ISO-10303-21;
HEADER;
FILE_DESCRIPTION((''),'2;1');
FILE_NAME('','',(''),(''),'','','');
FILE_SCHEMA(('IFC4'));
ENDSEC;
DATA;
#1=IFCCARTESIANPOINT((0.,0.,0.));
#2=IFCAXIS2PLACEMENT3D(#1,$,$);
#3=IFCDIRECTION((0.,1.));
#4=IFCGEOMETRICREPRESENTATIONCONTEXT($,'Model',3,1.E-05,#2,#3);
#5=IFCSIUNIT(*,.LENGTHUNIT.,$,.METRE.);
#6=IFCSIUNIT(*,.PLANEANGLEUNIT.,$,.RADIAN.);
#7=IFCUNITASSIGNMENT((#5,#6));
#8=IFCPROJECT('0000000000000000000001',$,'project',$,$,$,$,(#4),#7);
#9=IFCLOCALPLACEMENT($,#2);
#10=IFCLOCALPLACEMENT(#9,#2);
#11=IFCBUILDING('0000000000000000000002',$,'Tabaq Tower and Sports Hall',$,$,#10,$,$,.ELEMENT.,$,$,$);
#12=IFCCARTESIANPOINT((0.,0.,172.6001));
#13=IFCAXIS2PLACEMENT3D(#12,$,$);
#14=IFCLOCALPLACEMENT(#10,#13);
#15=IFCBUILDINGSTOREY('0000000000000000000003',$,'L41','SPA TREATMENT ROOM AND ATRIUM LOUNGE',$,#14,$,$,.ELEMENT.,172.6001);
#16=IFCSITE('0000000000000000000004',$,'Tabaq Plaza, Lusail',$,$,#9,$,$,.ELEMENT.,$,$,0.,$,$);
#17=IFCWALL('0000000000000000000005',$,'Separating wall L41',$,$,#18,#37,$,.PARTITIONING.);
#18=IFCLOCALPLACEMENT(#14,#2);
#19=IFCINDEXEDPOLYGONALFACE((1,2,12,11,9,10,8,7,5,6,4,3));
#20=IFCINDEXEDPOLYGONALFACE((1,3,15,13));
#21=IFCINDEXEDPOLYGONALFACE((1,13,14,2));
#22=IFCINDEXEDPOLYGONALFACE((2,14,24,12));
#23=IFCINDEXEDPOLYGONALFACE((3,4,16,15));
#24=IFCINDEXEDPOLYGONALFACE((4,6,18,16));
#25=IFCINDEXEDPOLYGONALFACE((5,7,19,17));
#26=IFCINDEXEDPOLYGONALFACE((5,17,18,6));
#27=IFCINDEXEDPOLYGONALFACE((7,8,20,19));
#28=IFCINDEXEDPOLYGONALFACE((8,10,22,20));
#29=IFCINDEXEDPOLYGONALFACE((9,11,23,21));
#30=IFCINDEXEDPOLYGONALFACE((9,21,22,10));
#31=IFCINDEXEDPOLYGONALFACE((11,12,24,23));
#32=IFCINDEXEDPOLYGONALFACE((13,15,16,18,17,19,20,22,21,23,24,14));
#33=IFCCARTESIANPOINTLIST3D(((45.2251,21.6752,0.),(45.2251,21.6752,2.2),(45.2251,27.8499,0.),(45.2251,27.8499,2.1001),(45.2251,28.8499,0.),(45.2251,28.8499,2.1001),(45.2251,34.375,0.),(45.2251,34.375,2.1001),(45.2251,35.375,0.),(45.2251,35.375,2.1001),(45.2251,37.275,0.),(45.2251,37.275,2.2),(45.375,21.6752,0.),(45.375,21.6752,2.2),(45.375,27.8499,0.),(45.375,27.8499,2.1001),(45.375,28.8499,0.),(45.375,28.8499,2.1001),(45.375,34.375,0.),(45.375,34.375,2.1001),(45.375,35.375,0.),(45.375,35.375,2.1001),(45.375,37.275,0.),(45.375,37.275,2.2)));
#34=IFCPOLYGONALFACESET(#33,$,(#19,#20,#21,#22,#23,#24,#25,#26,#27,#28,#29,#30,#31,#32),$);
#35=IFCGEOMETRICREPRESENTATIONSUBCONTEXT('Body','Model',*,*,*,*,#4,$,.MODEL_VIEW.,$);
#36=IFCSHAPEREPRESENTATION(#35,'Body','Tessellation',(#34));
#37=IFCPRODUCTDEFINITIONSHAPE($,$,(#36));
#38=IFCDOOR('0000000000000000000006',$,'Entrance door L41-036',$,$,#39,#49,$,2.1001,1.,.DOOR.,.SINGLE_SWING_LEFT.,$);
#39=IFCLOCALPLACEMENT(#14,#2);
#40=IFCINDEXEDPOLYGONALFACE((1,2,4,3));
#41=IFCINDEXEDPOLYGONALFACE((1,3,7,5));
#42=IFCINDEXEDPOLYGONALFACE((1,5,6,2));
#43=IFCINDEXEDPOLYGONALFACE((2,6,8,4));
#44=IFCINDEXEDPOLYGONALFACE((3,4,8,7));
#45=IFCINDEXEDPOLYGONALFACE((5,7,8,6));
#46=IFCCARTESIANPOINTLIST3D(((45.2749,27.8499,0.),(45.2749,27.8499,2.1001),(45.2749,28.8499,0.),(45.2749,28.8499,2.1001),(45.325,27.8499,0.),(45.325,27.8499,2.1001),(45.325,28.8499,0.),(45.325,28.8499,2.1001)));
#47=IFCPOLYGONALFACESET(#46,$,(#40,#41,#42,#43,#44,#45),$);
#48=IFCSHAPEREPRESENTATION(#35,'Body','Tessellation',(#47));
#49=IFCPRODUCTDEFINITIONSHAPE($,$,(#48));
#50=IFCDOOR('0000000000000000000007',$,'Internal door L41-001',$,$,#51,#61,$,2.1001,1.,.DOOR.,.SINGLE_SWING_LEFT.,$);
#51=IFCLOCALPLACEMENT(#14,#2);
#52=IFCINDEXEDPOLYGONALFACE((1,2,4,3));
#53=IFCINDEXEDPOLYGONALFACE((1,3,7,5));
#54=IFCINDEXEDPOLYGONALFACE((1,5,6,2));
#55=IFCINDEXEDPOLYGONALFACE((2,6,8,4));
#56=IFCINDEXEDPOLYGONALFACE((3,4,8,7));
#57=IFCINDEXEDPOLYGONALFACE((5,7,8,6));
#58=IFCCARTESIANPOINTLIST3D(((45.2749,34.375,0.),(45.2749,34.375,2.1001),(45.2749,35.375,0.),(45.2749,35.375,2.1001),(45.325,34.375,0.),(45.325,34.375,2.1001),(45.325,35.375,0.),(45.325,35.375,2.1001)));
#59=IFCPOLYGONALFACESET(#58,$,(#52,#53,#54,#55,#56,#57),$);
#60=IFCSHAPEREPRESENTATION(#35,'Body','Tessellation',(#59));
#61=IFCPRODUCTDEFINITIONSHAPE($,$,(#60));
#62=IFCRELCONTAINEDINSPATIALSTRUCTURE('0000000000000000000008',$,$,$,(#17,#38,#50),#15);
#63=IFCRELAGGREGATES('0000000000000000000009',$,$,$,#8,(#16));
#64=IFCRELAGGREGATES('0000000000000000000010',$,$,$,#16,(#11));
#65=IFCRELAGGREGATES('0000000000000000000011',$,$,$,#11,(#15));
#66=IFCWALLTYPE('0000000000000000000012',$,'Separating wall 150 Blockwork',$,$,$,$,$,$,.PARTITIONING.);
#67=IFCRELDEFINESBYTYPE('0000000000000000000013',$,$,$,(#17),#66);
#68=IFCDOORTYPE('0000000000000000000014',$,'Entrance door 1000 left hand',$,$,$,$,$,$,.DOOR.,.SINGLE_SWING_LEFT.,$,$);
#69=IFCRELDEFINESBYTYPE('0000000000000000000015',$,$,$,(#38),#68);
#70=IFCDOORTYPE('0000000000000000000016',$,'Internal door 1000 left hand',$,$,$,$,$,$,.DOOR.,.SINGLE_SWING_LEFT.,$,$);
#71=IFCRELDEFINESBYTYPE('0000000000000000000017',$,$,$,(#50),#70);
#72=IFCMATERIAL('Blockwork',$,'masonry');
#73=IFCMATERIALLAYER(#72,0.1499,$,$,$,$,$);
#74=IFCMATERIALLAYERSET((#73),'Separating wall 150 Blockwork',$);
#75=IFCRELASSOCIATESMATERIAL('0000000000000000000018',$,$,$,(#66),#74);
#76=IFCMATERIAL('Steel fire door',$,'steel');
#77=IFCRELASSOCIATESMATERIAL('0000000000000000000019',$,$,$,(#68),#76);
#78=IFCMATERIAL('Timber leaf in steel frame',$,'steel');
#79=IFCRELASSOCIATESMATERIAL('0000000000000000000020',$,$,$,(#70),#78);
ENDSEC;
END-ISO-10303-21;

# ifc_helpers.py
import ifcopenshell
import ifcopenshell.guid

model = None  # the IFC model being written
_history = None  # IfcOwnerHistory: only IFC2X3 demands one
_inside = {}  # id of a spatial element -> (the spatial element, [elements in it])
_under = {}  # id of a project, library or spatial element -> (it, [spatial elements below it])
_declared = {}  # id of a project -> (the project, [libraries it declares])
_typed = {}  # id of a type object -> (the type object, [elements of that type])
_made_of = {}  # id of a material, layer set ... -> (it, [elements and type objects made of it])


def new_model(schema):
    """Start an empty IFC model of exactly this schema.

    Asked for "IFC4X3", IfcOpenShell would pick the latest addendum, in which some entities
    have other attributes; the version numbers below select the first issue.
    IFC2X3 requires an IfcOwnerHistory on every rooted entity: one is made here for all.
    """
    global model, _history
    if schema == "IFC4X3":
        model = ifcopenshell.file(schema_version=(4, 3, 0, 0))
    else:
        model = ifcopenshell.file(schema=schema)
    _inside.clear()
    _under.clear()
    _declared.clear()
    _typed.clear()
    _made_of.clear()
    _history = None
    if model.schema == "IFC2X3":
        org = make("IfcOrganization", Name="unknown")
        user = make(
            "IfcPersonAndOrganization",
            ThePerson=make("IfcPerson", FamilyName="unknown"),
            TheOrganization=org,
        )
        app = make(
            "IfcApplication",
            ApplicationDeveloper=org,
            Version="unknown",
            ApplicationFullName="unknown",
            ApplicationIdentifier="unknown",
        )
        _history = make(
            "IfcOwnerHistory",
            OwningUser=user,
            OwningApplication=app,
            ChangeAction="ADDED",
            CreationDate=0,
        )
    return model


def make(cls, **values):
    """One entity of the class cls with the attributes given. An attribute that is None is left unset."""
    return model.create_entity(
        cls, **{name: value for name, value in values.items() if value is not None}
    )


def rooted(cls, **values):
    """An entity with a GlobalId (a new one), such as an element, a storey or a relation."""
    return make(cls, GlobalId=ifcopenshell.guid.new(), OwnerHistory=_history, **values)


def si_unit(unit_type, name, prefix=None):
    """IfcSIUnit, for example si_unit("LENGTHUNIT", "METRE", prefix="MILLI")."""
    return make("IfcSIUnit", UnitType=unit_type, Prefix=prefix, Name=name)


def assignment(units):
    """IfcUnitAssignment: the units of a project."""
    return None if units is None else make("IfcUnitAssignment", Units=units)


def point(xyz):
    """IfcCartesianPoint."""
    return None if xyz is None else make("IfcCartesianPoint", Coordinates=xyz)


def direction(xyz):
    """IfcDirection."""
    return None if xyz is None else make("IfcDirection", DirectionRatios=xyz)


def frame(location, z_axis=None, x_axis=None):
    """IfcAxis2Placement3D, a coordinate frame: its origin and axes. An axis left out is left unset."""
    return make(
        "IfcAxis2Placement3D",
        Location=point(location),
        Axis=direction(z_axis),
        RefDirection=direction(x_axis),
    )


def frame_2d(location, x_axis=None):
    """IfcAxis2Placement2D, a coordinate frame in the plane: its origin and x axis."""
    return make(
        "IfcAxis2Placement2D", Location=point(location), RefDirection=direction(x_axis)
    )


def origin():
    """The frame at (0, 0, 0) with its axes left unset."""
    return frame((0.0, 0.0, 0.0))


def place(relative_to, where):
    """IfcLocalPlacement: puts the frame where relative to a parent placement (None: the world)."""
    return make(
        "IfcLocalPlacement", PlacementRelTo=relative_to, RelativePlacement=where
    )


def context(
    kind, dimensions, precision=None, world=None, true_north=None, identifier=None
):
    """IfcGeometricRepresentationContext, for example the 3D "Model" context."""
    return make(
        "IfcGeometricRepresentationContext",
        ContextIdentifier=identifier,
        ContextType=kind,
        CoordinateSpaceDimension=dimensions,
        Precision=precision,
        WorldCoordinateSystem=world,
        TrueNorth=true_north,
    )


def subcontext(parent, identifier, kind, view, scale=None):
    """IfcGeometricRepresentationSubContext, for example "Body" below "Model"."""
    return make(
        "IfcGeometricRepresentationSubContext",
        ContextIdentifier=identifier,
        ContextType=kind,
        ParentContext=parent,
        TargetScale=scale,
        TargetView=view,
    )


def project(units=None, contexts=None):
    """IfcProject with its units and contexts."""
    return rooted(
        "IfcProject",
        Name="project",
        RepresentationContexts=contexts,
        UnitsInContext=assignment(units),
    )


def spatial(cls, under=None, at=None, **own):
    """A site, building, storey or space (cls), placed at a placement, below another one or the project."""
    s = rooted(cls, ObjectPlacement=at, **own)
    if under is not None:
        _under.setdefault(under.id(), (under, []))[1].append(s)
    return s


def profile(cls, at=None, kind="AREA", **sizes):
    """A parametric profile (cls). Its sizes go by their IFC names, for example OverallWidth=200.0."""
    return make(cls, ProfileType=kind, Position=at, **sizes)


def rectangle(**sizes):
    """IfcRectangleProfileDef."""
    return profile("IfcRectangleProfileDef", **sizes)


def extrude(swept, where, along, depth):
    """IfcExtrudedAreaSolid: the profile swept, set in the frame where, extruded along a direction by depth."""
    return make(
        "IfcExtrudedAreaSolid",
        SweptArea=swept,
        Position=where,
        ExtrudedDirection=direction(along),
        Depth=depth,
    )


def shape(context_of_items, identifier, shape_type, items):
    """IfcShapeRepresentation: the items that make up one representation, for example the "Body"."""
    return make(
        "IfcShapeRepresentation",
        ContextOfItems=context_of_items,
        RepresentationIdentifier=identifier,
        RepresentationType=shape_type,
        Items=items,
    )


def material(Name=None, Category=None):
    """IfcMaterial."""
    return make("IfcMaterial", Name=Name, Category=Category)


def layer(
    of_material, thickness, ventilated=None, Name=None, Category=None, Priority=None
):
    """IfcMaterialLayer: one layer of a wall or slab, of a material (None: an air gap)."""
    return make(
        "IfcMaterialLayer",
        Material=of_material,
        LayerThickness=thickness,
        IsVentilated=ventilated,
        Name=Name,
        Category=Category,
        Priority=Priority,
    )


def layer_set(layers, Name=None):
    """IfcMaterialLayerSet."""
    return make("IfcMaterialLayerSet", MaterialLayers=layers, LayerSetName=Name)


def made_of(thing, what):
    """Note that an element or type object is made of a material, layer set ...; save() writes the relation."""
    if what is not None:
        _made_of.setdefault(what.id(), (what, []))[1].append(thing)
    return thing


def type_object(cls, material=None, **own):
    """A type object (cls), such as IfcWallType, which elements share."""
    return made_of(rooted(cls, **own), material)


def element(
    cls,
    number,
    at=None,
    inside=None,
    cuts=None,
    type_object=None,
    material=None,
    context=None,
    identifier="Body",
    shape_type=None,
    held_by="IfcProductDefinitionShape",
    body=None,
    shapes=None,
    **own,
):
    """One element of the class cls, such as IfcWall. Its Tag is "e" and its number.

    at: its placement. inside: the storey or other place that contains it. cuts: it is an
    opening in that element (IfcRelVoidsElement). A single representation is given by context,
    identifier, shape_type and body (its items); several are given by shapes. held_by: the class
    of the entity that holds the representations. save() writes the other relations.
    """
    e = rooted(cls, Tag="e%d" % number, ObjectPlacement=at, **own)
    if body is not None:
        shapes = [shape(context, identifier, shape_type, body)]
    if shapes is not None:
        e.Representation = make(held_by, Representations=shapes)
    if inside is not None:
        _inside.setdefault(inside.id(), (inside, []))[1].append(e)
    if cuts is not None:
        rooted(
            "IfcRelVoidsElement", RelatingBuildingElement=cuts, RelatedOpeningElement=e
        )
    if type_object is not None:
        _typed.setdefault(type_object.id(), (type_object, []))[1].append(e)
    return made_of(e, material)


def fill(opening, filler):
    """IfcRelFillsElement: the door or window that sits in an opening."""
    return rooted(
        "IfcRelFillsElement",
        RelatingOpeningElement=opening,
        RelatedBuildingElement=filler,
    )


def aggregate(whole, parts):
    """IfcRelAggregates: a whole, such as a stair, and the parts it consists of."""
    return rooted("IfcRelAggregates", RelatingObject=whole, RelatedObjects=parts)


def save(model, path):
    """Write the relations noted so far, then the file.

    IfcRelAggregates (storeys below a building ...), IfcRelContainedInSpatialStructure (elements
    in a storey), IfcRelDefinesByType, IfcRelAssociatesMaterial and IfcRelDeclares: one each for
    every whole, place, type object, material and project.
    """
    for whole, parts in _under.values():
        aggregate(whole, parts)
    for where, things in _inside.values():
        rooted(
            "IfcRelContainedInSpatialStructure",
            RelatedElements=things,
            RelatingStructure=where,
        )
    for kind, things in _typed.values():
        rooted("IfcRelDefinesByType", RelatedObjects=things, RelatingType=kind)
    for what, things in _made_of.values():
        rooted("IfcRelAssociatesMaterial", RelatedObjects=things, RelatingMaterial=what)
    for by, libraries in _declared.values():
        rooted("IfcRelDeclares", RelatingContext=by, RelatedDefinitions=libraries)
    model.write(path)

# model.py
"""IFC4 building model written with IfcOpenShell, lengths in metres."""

from ifc_helpers import new_model, si_unit, direction, frame, frame_2d, origin, place, context, subcontext, project, spatial, rectangle, extrude, material, layer, layer_set, type_object, element, fill, save


model = new_model("IFC4")

# Units and contexts
model_context = context("Model", 3, precision=1e-05, world=origin(), true_north=direction((0.0, 1.0)))
body_context = subcontext(model_context, "Body", "Model", "MODEL_VIEW")
ifc_project = project(units=[si_unit("LENGTHUNIT", "METRE"), si_unit("PLANEANGLEUNIT", "RADIAN")], contexts=[model_context])

# Site, building, storey
site_placement = place(None, origin())
site = spatial("IfcSite", under=ifc_project, at=site_placement, Name="Tabaq Plaza, Lusail", CompositionType="ELEMENT", RefElevation=0.0)
building_placement = place(site_placement, origin())
building = spatial("IfcBuilding", under=site, at=building_placement, Name="Tabaq Tower and Sports Hall", CompositionType="ELEMENT")
storey_placement = place(building_placement, frame((0.0, 0.0, 172.6001)))
storey = spatial("IfcBuildingStorey", under=building, at=storey_placement, Name="L41", Description="SPA TREATMENT ROOM AND ATRIUM LOUNGE", CompositionType="ELEMENT", Elevation=172.6001)

# Wall, openings, doors
ifc_material_1 = material(Name="Blockwork", Category="masonry")
ifc_layer_1 = layer(ifc_material_1, 0.1499)
ifc_layer_set_1 = layer_set([ifc_layer_1], Name="Separating wall 150 Blockwork")
wall_type_1 = type_object("IfcWallType", Name="Separating wall 150 Blockwork", PredefinedType="PARTITIONING", material=ifc_layer_set_1)
wall_1_placement = place(storey_placement, frame((45.3, 37.2749, 0.0), z_axis=(0.0, 0.0, 1.0), x_axis=(0.0, -1.0, 0.0)))
wall_1 = element("IfcWall", 1, at=wall_1_placement, inside=storey, type_object=wall_type_1, Name="Separating wall L41", PredefinedType="PARTITIONING", context=body_context, shape_type="SweptSolid", body=[
    extrude(rectangle(XDim=15.5999, YDim=0.1499, at=frame_2d((7.7998, 0.0))), origin(), (0.0, 0.0, 1.0), 2.2),
])
opening_1_placement = place(wall_1_placement, frame((1.8999, 0.0, 0.0)))
opening_1 = element("IfcOpeningElement", 2, at=opening_1_placement, cuts=wall_1, PredefinedType="OPENING", context=body_context, shape_type="SweptSolid", body=[
    extrude(rectangle(XDim=1.0, YDim=2.1001, at=frame_2d((0.5, 1.05))), frame((0.0, 0.075, 0.0), z_axis=(0.0, -1.0, 0.0), x_axis=(1.0, 0.0, 0.0)), (0.0, 0.0, 1.0), 0.1499),
])
opening_2_placement = place(wall_1_placement, frame((8.425, 0.0, 0.0)))
opening_2 = element("IfcOpeningElement", 3, at=opening_2_placement, cuts=wall_1, PredefinedType="OPENING", context=body_context, shape_type="SweptSolid", body=[
    extrude(rectangle(XDim=1.0, YDim=2.1001, at=frame_2d((0.5, 1.05))), frame((0.0, 0.075, 0.0), z_axis=(0.0, -1.0, 0.0), x_axis=(1.0, 0.0, 0.0)), (0.0, 0.0, 1.0), 0.1499),
])
ifc_material_2 = material(Name="Steel fire door", Category="steel")
door_type_1 = type_object("IfcDoorType", Name="Entrance door 1000 left hand", OperationType="SINGLE_SWING_LEFT", PredefinedType="DOOR", material=ifc_material_2)
door_1_placement = place(opening_2_placement, origin())
door_1 = element("IfcDoor", 4, at=door_1_placement, inside=storey, type_object=door_type_1, Name="Entrance door L41-036", OperationType="SINGLE_SWING_LEFT", OverallHeight=2.1001, OverallWidth=1.0, PredefinedType="DOOR", context=body_context, shape_type="SweptSolid", body=[
    extrude(rectangle(XDim=1.0, YDim=2.1001, at=frame_2d((0.5, 1.05))), frame((0.0, 0.0249, 0.0), z_axis=(0.0, -1.0, 0.0), x_axis=(1.0, 0.0, 0.0)), (0.0, 0.0, 1.0), 0.05),
])
fill(opening_2, door_1)
ifc_material_3 = material(Name="Timber leaf in steel frame", Category="steel")
door_type_2 = type_object("IfcDoorType", Name="Internal door 1000 left hand", OperationType="SINGLE_SWING_LEFT", PredefinedType="DOOR", material=ifc_material_3)
door_2_placement = place(opening_1_placement, origin())
door_2 = element("IfcDoor", 5, at=door_2_placement, inside=storey, type_object=door_type_2, Name="Internal door L41-001", OperationType="SINGLE_SWING_LEFT", OverallHeight=2.1001, OverallWidth=1.0, PredefinedType="DOOR", context=body_context, shape_type="SweptSolid", body=[
    extrude(rectangle(XDim=1.0, YDim=2.1001, at=frame_2d((0.5, 1.05))), frame((0.0, 0.0249, 0.0), z_axis=(0.0, -1.0, 0.0), x_axis=(1.0, 0.0, 0.0)), (0.0, 0.0, 1.0), 0.05),
])
fill(opening_1, door_2)

save(model, "model.ifc")
